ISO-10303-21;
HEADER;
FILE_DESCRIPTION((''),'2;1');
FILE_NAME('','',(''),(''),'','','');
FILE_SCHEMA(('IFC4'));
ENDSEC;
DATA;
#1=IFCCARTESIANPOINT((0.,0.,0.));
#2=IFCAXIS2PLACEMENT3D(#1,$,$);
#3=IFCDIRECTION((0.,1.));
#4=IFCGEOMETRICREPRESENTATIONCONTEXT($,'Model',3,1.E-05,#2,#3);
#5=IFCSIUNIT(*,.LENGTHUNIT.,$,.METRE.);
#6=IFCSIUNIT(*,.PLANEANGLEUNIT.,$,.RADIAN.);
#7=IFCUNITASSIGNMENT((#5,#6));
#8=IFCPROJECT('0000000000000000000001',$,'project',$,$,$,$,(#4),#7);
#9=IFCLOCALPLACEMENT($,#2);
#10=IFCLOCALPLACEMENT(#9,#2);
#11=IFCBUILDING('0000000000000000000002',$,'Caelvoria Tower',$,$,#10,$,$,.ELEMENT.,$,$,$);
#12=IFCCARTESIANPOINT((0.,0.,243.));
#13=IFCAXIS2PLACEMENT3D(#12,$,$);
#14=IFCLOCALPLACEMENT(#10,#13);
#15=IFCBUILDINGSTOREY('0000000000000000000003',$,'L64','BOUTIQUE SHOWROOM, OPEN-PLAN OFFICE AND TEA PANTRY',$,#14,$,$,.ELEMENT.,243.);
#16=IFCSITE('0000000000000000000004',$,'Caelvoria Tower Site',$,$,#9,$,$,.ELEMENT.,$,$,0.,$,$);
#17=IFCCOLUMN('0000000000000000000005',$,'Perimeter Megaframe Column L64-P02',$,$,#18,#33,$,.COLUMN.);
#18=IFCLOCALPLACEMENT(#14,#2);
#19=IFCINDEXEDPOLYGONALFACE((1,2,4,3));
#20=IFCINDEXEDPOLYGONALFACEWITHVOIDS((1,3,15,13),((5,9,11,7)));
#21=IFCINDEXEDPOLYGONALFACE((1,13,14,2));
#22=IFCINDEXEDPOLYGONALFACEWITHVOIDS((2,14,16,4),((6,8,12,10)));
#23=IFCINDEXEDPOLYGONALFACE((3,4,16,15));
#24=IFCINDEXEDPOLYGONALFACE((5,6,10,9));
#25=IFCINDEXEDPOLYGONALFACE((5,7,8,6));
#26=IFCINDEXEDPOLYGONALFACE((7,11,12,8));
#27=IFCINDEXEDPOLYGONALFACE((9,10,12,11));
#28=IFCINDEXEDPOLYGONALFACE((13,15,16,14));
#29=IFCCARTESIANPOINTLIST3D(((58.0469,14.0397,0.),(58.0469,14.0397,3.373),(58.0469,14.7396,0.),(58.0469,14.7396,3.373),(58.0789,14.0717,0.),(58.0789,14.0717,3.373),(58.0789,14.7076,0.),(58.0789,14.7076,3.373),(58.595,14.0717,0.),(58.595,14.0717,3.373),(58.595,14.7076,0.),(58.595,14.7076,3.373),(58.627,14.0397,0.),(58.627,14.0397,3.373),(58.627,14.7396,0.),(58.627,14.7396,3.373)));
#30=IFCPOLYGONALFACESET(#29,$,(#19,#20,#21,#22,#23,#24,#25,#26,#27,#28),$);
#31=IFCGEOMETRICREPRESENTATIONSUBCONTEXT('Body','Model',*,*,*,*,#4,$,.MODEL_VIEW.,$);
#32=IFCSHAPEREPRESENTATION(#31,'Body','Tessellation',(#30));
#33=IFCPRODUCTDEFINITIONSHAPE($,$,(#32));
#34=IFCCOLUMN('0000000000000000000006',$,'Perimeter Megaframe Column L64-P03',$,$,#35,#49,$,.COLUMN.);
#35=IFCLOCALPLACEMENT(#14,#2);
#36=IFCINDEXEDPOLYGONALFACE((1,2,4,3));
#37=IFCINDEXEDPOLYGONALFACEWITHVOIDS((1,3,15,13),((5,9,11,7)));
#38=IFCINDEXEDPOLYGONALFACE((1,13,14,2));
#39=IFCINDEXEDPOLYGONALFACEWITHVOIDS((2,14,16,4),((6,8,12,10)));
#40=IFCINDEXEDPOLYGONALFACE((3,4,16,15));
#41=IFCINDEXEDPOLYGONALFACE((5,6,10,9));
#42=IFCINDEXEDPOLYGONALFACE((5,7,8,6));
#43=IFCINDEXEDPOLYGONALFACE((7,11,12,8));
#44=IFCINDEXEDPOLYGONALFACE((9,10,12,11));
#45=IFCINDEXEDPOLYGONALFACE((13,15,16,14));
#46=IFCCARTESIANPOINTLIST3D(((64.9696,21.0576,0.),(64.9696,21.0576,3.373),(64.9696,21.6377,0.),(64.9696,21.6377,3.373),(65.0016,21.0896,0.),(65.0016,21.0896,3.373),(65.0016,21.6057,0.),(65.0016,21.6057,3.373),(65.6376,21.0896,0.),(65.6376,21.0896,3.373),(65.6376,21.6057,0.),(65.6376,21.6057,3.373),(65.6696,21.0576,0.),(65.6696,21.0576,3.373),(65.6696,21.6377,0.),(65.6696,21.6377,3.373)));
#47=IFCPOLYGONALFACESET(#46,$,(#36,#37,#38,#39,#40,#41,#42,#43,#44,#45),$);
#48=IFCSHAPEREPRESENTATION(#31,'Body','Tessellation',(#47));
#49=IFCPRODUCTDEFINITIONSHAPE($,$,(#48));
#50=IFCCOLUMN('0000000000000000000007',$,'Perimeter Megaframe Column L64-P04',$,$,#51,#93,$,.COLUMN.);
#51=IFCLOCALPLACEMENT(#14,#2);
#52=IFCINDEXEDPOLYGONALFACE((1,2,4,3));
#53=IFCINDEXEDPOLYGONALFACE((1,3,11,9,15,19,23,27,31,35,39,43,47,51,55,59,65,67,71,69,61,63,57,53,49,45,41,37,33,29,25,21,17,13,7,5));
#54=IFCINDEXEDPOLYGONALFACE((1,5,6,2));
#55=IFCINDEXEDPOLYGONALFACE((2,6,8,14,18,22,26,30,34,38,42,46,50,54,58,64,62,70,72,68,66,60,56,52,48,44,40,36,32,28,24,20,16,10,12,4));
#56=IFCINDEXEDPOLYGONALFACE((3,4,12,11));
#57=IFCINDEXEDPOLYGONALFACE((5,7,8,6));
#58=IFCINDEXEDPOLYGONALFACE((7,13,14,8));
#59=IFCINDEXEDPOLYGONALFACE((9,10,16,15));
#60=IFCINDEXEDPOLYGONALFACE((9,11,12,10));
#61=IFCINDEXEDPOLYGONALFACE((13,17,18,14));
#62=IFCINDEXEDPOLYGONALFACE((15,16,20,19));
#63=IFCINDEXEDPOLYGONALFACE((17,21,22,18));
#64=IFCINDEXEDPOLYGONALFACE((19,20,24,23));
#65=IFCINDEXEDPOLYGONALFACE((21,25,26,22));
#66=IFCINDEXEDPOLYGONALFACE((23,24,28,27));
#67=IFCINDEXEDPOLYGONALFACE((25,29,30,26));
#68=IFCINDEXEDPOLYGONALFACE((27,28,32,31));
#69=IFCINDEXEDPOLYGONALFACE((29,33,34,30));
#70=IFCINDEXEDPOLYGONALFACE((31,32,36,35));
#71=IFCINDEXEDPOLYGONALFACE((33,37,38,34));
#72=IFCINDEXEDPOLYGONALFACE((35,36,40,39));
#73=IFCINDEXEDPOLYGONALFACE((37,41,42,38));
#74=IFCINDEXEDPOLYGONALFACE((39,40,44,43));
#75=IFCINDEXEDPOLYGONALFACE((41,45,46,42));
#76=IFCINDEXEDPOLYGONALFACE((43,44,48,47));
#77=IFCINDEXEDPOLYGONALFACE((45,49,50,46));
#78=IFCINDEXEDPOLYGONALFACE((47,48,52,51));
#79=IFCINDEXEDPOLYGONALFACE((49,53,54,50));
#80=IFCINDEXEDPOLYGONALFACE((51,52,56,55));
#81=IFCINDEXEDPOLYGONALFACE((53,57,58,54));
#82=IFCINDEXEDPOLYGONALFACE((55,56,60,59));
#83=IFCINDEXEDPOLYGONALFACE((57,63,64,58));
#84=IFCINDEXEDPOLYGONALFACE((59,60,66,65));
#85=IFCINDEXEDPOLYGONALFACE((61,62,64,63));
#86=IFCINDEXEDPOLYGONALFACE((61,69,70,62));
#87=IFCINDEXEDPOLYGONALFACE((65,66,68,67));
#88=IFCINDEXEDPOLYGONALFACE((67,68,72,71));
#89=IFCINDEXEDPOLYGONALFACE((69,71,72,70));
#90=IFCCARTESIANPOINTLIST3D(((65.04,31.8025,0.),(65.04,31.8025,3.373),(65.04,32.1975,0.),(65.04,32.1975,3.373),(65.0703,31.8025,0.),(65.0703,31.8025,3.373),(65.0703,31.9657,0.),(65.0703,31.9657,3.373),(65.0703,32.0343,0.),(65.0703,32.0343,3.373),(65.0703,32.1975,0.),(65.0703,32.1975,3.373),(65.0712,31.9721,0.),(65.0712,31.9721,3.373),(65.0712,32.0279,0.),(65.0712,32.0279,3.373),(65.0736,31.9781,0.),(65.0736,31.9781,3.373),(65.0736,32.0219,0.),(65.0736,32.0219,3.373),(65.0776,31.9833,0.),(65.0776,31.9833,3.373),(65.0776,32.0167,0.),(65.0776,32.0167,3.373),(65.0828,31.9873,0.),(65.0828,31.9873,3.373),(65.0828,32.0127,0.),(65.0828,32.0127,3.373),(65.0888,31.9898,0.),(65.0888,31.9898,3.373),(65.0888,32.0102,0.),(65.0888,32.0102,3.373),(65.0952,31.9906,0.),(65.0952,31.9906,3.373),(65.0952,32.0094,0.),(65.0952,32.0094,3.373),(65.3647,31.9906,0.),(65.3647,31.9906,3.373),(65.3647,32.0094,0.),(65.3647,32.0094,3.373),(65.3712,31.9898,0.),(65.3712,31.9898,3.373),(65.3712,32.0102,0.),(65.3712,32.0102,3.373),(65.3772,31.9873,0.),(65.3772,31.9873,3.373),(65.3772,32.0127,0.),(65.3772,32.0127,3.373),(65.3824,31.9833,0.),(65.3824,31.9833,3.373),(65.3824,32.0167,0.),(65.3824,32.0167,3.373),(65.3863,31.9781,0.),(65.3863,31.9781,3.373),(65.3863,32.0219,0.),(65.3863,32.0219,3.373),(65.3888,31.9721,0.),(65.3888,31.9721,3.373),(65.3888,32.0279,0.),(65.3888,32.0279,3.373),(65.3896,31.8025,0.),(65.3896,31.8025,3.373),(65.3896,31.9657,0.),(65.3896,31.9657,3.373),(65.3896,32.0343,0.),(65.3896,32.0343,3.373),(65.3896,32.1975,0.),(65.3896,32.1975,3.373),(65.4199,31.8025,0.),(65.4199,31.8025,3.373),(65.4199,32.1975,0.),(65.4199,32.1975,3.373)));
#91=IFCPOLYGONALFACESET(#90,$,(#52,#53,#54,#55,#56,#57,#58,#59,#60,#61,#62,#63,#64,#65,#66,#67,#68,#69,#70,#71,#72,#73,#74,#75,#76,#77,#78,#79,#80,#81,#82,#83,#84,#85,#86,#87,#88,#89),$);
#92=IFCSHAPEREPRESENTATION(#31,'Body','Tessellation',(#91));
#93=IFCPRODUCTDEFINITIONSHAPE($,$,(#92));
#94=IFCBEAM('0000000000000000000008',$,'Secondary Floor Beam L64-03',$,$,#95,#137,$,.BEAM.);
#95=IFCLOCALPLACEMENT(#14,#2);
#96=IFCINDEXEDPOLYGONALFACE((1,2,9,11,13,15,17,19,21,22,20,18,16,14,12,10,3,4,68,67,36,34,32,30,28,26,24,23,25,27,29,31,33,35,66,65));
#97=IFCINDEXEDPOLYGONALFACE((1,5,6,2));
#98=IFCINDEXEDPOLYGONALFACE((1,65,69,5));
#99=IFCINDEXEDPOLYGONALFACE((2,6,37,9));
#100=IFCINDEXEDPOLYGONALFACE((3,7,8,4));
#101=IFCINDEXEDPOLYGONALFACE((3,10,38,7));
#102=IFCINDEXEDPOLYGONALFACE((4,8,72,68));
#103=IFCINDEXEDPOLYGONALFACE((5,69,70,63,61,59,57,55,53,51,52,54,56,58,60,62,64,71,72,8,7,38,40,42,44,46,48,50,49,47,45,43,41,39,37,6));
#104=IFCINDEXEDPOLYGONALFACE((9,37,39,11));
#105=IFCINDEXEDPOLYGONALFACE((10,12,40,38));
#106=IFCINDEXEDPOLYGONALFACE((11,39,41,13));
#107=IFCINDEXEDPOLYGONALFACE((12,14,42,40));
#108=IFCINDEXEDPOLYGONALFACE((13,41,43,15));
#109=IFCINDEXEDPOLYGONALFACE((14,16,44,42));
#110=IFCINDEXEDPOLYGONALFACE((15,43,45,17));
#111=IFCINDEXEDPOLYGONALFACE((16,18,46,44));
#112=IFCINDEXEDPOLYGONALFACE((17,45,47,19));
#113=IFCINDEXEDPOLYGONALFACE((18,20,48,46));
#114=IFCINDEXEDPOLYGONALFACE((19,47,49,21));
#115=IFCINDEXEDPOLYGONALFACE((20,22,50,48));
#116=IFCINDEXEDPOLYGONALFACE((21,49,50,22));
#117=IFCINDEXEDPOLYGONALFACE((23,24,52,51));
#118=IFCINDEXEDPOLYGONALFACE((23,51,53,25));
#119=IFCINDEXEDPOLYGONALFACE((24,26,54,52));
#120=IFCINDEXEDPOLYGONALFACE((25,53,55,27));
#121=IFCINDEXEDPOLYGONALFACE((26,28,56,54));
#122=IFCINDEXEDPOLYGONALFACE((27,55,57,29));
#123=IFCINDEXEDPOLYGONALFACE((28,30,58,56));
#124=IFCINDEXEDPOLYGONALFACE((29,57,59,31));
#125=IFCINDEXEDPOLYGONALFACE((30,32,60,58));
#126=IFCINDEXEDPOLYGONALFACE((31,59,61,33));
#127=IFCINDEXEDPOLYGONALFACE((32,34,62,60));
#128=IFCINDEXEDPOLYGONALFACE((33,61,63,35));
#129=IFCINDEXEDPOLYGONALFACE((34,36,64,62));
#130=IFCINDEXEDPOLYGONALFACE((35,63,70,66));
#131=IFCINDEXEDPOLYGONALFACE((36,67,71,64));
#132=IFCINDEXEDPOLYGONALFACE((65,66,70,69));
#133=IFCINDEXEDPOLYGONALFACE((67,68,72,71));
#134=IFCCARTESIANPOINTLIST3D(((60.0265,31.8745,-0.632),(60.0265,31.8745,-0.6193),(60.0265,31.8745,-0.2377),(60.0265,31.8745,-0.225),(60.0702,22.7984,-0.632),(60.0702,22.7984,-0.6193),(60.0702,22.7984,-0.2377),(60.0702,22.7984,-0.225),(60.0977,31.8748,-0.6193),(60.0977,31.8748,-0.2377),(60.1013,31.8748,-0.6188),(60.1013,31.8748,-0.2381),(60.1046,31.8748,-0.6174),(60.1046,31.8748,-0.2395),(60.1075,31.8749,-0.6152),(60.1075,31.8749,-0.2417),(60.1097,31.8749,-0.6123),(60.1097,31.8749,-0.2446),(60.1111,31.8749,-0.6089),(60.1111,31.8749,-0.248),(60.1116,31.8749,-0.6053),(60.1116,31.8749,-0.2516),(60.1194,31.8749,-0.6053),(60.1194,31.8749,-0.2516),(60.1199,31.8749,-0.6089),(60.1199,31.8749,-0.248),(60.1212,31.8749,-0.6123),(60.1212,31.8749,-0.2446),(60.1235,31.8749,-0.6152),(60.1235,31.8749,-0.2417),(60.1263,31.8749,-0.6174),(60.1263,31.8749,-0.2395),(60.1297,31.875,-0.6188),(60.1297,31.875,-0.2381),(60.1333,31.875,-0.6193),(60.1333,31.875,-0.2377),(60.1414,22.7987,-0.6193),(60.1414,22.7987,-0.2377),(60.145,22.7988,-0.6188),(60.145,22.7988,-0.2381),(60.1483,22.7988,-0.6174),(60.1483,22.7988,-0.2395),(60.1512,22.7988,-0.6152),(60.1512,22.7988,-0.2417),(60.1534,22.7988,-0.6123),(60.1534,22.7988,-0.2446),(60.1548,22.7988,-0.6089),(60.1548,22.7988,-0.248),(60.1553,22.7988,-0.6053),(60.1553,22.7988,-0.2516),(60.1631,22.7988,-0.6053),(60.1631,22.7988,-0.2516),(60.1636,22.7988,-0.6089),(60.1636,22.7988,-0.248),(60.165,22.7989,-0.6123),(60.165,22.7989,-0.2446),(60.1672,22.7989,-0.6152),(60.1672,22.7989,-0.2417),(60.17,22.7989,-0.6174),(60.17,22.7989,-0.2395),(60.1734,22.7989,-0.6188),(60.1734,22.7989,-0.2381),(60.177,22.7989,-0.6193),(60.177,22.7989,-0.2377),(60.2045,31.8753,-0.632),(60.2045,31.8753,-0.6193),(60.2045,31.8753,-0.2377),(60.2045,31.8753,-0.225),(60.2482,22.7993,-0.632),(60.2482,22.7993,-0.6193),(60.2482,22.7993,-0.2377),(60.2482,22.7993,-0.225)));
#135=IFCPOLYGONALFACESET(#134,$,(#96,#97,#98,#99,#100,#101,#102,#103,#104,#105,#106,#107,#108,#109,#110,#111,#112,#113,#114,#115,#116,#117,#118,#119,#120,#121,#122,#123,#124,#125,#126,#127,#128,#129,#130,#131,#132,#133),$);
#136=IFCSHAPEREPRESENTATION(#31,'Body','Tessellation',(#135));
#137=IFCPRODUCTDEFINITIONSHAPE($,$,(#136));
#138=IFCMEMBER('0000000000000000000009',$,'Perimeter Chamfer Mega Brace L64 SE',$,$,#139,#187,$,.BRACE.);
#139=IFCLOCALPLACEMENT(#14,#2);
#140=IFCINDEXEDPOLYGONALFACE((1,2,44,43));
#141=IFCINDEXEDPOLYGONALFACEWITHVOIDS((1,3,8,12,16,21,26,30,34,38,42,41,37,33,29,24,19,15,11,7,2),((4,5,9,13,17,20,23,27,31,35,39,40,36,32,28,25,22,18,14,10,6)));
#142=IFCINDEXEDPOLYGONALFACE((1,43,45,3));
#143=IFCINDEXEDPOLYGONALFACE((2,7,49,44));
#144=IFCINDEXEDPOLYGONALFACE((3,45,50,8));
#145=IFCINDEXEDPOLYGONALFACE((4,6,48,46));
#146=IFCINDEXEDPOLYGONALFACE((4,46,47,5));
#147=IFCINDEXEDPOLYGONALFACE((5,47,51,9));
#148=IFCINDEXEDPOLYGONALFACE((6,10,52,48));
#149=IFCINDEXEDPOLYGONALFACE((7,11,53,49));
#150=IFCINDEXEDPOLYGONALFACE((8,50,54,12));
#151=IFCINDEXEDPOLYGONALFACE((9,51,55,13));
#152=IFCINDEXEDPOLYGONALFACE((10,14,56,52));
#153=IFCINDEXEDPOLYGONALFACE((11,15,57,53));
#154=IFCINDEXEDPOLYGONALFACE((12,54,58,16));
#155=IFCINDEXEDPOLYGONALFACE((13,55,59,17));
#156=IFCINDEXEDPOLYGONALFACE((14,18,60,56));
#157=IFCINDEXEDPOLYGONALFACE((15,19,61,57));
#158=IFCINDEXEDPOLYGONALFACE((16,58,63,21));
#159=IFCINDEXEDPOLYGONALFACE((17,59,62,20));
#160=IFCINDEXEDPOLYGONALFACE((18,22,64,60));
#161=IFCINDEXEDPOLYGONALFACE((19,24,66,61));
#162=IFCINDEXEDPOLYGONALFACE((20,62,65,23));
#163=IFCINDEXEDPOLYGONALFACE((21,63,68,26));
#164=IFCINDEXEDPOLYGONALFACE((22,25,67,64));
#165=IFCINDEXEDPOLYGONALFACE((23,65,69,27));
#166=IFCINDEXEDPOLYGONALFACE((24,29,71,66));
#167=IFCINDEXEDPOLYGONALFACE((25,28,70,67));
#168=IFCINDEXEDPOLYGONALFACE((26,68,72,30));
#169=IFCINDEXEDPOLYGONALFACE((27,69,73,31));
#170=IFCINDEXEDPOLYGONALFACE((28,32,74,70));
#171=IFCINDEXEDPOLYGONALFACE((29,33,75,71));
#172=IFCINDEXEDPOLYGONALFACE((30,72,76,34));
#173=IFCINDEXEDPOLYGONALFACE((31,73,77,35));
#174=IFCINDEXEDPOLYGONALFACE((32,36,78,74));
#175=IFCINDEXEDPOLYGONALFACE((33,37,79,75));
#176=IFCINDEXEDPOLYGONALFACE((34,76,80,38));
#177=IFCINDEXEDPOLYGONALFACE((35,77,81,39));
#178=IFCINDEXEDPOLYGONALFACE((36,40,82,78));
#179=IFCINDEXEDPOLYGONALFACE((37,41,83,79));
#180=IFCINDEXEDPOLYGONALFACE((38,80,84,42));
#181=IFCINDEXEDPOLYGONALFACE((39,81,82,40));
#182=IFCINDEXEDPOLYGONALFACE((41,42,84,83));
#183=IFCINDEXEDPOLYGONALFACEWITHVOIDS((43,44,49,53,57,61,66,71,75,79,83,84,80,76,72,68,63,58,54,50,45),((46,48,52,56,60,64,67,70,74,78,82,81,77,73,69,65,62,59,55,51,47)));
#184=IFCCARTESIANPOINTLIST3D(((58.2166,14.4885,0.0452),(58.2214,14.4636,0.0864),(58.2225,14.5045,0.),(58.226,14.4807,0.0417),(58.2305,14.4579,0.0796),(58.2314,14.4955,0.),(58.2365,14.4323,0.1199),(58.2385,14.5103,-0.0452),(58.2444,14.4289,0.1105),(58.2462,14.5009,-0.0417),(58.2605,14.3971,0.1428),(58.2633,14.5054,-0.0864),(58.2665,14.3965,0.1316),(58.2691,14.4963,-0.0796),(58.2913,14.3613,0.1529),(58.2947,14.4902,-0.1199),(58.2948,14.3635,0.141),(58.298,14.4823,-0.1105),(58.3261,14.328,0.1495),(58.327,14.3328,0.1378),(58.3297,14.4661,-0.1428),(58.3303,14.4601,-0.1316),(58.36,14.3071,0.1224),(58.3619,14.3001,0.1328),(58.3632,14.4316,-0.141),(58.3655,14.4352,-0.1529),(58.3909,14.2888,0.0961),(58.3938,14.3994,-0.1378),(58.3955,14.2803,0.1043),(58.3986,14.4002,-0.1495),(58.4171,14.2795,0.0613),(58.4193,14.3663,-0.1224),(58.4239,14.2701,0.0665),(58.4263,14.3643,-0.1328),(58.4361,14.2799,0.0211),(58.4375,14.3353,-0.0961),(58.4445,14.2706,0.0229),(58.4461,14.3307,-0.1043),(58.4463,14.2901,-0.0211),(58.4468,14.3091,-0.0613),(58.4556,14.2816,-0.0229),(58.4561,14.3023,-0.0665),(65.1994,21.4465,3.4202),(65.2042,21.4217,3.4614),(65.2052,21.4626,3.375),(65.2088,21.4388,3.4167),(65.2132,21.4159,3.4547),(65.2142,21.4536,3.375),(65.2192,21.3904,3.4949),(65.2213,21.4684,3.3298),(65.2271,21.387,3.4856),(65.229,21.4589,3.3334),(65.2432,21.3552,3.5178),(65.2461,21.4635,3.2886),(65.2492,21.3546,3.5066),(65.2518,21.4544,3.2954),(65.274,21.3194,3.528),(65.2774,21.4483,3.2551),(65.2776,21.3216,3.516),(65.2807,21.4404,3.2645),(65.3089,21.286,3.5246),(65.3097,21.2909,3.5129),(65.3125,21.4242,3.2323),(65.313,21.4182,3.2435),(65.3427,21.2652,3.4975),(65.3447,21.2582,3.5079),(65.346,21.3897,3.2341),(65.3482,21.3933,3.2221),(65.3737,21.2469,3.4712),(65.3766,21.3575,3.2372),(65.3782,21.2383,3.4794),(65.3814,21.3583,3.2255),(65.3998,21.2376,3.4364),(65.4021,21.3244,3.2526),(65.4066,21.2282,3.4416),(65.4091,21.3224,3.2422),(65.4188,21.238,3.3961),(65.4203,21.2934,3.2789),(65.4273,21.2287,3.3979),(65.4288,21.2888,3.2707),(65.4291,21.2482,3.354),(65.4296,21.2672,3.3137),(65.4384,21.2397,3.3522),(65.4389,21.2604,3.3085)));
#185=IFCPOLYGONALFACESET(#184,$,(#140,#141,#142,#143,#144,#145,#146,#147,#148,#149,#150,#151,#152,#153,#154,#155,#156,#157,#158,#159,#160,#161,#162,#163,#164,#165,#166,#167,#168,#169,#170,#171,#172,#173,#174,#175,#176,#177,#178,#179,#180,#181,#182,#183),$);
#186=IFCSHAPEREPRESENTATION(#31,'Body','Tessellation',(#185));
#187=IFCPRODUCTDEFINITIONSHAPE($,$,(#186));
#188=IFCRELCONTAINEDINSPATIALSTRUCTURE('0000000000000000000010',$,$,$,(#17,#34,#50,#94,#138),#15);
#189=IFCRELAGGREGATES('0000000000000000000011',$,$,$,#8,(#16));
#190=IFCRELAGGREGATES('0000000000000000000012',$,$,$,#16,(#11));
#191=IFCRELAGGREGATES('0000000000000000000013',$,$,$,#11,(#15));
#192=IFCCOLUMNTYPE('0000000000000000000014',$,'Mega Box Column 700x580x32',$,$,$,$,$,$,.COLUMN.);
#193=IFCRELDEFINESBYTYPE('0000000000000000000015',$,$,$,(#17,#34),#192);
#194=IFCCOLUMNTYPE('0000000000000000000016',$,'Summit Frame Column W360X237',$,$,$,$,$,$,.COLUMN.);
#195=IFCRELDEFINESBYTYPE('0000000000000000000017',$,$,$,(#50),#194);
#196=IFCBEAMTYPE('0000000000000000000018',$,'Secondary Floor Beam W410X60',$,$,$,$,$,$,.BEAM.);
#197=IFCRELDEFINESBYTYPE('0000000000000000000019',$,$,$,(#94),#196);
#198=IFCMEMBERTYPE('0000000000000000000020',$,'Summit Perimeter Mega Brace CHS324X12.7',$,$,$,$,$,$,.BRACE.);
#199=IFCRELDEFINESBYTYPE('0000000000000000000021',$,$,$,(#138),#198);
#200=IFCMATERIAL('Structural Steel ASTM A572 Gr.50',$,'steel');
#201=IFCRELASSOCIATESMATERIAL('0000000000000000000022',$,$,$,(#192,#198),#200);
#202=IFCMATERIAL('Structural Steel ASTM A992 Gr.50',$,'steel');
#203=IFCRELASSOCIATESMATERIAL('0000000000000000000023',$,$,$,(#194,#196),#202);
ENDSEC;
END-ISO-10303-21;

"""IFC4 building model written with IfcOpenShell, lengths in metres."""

from ifc_helpers import new_model, si_unit, direction, frame, origin, origin_2d, place, context, subcontext, project, spatial, hollow_rectangle, hollow_circle, i_section, extrude, material, material_profile, profile_set, type_object, element, save


model = new_model("IFC4")

# Units and contexts
model_context = context("Model", 3, precision=1e-05, world=origin(), true_north=direction((0.0, 1.0)))
body_context = subcontext(model_context, "Body", "Model", "MODEL_VIEW")
ifc_project = project(units=[si_unit("LENGTHUNIT", "METRE"), si_unit("PLANEANGLEUNIT", "RADIAN")], contexts=[model_context])

# Site, building, storey
site_placement = place(None, origin())
site = spatial("IfcSite", under=ifc_project, at=site_placement, Name="Caelvoria Tower Site", CompositionType="ELEMENT", RefElevation=0.0)
building_placement = place(site_placement, origin())
building = spatial("IfcBuilding", under=site, at=building_placement, Name="Caelvoria Tower", CompositionType="ELEMENT")
storey_placement = place(building_placement, frame((0.0, 0.0, 243.0)))
storey = spatial("IfcBuildingStorey", under=building, at=storey_placement, Name="L64", Description="BOUTIQUE SHOWROOM, OPEN-PLAN OFFICE AND TEA PANTRY", CompositionType="ELEMENT", Elevation=243.0)

# Columns
ifc_material_1 = material(Name="Structural Steel ASTM A572 Gr.50", Category="steel")
ifc_material_profile_1 = material_profile(ifc_material_1, hollow_rectangle(XDim=0.5801, YDim=0.7, WallThickness=0.032, at=origin_2d()), Name="Structural Steel ASTM A572 Gr.50")
ifc_profile_set_1 = profile_set([ifc_material_profile_1], Name="BOX700X580X32 - Structural Steel ASTM A572 Gr.50")
column_type_1 = type_object("IfcColumnType", Name="Mega Box Column 700x580x32", PredefinedType="COLUMN", material=ifc_profile_set_1)
for number, where, z_axis, x_axis, name in (
    (1, (58.3369, 14.3896, 0.0), (0.0, 0.0, 1.0), (1.0, 0.0, 0.0), "Perimeter Megaframe Column L64-P02"),
    (2, (65.3196, 21.3477, 0.0), (0.0, 0.0, 1.0), (0.0, 1.0, 0.0), "Perimeter Megaframe Column L64-P03"),
):
    element("IfcColumn", number, at=place(storey_placement, frame(where, z_axis=z_axis, x_axis=x_axis)), inside=storey, type_object=column_type_1, Name=name, PredefinedType="COLUMN", context=body_context, shape_type="SweptSolid", body=[
        extrude(hollow_rectangle(XDim=0.5801, YDim=0.7, WallThickness=0.032, at=origin_2d()), origin(), (0.0, 0.0, 1.0), 3.373),
    ])
ifc_material_2 = material(Name="Structural Steel ASTM A992 Gr.50", Category="steel")
ifc_material_profile_2 = material_profile(ifc_material_2, i_section(OverallWidth=0.395, OverallDepth=0.3799, WebThickness=0.0188, FlangeThickness=0.0303, FilletRadius=0.0249, at=origin_2d()), Name="Structural Steel ASTM A992 Gr.50")
ifc_profile_set_2 = profile_set([ifc_material_profile_2], Name="W360X237 - Structural Steel ASTM A992 Gr.50")
column_type_2 = type_object("IfcColumnType", Name="Summit Frame Column W360X237", PredefinedType="COLUMN", material=ifc_profile_set_2)
column_placement = place(storey_placement, frame((65.23, 32.0, 0.0), z_axis=(0.0, 0.0, 1.0), x_axis=(0.0, 1.0, 0.0)))
element("IfcColumn", 3, at=column_placement, inside=storey, type_object=column_type_2, Name="Perimeter Megaframe Column L64-P04", PredefinedType="COLUMN", context=body_context, shape_type="SweptSolid", body=[
    extrude(i_section(OverallWidth=0.395, OverallDepth=0.3799, WebThickness=0.0188, FlangeThickness=0.0303, FilletRadius=0.0249, at=origin_2d()), origin(), (0.0, 0.0, 1.0), 3.373),
])

# Beam
ifc_material_profile_3 = material_profile(ifc_material_2, i_section(OverallWidth=0.178, OverallDepth=0.407, WebThickness=0.0078, FlangeThickness=0.0127, FilletRadius=0.0139, at=origin_2d()), Name="Structural Steel ASTM A992 Gr.50")
ifc_profile_set_3 = profile_set([ifc_material_profile_3], Name="W410X60 - Structural Steel ASTM A992 Gr.50")
beam_type_1 = type_object("IfcBeamType", Name="Secondary Floor Beam W410X60", PredefinedType="BEAM", material=ifc_profile_set_3)
beam_1_placement = place(storey_placement, frame((60.1592, 22.7988, -0.4285), z_axis=(-0.004815, 0.999988, 0.0), x_axis=(-0.999988, -0.004815, 0.0)))
element("IfcBeam", 4, at=beam_1_placement, inside=storey, type_object=beam_type_1, Name="Secondary Floor Beam L64-03", PredefinedType="BEAM", context=body_context, shape_type="SweptSolid", body=[
    extrude(i_section(OverallWidth=0.178, OverallDepth=0.407, WebThickness=0.0078, FlangeThickness=0.0127, FilletRadius=0.0139, at=origin_2d()), origin(), (0.0, 0.0, 1.0), 9.0762),
])

# Member
ifc_material_profile_4 = material_profile(ifc_material_1, hollow_circle(Radius=0.1621, WallThickness=0.0127, at=origin_2d()), Name="Structural Steel ASTM A572 Gr.50")
ifc_profile_set_4 = profile_set([ifc_material_profile_4], Name="CHS324X12.7 - Structural Steel ASTM A572 Gr.50")
member_type = type_object("IfcMemberType", Name="Summit Perimeter Mega Brace CHS324X12.7", PredefinedType="BRACE", material=ifc_profile_set_4)
member_placement = place(storey_placement, frame((58.3369, 14.3896, 0.0), z_axis=(0.670166, 0.667799, 0.323918), x_axis=(-0.705855, 0.708356, 0.0)))
element("IfcMember", 5, at=member_placement, inside=storey, type_object=member_type, Name="Perimeter Chamfer Mega Brace L64 SE", PredefinedType="BRACE", context=body_context, shape_type="SweptSolid", body=[
    extrude(hollow_circle(Radius=0.1621, WallThickness=0.0127, at=origin_2d()), origin(), (0.0, 0.0, 1.0), 10.4194),
])

save(model, "model.ifc")
